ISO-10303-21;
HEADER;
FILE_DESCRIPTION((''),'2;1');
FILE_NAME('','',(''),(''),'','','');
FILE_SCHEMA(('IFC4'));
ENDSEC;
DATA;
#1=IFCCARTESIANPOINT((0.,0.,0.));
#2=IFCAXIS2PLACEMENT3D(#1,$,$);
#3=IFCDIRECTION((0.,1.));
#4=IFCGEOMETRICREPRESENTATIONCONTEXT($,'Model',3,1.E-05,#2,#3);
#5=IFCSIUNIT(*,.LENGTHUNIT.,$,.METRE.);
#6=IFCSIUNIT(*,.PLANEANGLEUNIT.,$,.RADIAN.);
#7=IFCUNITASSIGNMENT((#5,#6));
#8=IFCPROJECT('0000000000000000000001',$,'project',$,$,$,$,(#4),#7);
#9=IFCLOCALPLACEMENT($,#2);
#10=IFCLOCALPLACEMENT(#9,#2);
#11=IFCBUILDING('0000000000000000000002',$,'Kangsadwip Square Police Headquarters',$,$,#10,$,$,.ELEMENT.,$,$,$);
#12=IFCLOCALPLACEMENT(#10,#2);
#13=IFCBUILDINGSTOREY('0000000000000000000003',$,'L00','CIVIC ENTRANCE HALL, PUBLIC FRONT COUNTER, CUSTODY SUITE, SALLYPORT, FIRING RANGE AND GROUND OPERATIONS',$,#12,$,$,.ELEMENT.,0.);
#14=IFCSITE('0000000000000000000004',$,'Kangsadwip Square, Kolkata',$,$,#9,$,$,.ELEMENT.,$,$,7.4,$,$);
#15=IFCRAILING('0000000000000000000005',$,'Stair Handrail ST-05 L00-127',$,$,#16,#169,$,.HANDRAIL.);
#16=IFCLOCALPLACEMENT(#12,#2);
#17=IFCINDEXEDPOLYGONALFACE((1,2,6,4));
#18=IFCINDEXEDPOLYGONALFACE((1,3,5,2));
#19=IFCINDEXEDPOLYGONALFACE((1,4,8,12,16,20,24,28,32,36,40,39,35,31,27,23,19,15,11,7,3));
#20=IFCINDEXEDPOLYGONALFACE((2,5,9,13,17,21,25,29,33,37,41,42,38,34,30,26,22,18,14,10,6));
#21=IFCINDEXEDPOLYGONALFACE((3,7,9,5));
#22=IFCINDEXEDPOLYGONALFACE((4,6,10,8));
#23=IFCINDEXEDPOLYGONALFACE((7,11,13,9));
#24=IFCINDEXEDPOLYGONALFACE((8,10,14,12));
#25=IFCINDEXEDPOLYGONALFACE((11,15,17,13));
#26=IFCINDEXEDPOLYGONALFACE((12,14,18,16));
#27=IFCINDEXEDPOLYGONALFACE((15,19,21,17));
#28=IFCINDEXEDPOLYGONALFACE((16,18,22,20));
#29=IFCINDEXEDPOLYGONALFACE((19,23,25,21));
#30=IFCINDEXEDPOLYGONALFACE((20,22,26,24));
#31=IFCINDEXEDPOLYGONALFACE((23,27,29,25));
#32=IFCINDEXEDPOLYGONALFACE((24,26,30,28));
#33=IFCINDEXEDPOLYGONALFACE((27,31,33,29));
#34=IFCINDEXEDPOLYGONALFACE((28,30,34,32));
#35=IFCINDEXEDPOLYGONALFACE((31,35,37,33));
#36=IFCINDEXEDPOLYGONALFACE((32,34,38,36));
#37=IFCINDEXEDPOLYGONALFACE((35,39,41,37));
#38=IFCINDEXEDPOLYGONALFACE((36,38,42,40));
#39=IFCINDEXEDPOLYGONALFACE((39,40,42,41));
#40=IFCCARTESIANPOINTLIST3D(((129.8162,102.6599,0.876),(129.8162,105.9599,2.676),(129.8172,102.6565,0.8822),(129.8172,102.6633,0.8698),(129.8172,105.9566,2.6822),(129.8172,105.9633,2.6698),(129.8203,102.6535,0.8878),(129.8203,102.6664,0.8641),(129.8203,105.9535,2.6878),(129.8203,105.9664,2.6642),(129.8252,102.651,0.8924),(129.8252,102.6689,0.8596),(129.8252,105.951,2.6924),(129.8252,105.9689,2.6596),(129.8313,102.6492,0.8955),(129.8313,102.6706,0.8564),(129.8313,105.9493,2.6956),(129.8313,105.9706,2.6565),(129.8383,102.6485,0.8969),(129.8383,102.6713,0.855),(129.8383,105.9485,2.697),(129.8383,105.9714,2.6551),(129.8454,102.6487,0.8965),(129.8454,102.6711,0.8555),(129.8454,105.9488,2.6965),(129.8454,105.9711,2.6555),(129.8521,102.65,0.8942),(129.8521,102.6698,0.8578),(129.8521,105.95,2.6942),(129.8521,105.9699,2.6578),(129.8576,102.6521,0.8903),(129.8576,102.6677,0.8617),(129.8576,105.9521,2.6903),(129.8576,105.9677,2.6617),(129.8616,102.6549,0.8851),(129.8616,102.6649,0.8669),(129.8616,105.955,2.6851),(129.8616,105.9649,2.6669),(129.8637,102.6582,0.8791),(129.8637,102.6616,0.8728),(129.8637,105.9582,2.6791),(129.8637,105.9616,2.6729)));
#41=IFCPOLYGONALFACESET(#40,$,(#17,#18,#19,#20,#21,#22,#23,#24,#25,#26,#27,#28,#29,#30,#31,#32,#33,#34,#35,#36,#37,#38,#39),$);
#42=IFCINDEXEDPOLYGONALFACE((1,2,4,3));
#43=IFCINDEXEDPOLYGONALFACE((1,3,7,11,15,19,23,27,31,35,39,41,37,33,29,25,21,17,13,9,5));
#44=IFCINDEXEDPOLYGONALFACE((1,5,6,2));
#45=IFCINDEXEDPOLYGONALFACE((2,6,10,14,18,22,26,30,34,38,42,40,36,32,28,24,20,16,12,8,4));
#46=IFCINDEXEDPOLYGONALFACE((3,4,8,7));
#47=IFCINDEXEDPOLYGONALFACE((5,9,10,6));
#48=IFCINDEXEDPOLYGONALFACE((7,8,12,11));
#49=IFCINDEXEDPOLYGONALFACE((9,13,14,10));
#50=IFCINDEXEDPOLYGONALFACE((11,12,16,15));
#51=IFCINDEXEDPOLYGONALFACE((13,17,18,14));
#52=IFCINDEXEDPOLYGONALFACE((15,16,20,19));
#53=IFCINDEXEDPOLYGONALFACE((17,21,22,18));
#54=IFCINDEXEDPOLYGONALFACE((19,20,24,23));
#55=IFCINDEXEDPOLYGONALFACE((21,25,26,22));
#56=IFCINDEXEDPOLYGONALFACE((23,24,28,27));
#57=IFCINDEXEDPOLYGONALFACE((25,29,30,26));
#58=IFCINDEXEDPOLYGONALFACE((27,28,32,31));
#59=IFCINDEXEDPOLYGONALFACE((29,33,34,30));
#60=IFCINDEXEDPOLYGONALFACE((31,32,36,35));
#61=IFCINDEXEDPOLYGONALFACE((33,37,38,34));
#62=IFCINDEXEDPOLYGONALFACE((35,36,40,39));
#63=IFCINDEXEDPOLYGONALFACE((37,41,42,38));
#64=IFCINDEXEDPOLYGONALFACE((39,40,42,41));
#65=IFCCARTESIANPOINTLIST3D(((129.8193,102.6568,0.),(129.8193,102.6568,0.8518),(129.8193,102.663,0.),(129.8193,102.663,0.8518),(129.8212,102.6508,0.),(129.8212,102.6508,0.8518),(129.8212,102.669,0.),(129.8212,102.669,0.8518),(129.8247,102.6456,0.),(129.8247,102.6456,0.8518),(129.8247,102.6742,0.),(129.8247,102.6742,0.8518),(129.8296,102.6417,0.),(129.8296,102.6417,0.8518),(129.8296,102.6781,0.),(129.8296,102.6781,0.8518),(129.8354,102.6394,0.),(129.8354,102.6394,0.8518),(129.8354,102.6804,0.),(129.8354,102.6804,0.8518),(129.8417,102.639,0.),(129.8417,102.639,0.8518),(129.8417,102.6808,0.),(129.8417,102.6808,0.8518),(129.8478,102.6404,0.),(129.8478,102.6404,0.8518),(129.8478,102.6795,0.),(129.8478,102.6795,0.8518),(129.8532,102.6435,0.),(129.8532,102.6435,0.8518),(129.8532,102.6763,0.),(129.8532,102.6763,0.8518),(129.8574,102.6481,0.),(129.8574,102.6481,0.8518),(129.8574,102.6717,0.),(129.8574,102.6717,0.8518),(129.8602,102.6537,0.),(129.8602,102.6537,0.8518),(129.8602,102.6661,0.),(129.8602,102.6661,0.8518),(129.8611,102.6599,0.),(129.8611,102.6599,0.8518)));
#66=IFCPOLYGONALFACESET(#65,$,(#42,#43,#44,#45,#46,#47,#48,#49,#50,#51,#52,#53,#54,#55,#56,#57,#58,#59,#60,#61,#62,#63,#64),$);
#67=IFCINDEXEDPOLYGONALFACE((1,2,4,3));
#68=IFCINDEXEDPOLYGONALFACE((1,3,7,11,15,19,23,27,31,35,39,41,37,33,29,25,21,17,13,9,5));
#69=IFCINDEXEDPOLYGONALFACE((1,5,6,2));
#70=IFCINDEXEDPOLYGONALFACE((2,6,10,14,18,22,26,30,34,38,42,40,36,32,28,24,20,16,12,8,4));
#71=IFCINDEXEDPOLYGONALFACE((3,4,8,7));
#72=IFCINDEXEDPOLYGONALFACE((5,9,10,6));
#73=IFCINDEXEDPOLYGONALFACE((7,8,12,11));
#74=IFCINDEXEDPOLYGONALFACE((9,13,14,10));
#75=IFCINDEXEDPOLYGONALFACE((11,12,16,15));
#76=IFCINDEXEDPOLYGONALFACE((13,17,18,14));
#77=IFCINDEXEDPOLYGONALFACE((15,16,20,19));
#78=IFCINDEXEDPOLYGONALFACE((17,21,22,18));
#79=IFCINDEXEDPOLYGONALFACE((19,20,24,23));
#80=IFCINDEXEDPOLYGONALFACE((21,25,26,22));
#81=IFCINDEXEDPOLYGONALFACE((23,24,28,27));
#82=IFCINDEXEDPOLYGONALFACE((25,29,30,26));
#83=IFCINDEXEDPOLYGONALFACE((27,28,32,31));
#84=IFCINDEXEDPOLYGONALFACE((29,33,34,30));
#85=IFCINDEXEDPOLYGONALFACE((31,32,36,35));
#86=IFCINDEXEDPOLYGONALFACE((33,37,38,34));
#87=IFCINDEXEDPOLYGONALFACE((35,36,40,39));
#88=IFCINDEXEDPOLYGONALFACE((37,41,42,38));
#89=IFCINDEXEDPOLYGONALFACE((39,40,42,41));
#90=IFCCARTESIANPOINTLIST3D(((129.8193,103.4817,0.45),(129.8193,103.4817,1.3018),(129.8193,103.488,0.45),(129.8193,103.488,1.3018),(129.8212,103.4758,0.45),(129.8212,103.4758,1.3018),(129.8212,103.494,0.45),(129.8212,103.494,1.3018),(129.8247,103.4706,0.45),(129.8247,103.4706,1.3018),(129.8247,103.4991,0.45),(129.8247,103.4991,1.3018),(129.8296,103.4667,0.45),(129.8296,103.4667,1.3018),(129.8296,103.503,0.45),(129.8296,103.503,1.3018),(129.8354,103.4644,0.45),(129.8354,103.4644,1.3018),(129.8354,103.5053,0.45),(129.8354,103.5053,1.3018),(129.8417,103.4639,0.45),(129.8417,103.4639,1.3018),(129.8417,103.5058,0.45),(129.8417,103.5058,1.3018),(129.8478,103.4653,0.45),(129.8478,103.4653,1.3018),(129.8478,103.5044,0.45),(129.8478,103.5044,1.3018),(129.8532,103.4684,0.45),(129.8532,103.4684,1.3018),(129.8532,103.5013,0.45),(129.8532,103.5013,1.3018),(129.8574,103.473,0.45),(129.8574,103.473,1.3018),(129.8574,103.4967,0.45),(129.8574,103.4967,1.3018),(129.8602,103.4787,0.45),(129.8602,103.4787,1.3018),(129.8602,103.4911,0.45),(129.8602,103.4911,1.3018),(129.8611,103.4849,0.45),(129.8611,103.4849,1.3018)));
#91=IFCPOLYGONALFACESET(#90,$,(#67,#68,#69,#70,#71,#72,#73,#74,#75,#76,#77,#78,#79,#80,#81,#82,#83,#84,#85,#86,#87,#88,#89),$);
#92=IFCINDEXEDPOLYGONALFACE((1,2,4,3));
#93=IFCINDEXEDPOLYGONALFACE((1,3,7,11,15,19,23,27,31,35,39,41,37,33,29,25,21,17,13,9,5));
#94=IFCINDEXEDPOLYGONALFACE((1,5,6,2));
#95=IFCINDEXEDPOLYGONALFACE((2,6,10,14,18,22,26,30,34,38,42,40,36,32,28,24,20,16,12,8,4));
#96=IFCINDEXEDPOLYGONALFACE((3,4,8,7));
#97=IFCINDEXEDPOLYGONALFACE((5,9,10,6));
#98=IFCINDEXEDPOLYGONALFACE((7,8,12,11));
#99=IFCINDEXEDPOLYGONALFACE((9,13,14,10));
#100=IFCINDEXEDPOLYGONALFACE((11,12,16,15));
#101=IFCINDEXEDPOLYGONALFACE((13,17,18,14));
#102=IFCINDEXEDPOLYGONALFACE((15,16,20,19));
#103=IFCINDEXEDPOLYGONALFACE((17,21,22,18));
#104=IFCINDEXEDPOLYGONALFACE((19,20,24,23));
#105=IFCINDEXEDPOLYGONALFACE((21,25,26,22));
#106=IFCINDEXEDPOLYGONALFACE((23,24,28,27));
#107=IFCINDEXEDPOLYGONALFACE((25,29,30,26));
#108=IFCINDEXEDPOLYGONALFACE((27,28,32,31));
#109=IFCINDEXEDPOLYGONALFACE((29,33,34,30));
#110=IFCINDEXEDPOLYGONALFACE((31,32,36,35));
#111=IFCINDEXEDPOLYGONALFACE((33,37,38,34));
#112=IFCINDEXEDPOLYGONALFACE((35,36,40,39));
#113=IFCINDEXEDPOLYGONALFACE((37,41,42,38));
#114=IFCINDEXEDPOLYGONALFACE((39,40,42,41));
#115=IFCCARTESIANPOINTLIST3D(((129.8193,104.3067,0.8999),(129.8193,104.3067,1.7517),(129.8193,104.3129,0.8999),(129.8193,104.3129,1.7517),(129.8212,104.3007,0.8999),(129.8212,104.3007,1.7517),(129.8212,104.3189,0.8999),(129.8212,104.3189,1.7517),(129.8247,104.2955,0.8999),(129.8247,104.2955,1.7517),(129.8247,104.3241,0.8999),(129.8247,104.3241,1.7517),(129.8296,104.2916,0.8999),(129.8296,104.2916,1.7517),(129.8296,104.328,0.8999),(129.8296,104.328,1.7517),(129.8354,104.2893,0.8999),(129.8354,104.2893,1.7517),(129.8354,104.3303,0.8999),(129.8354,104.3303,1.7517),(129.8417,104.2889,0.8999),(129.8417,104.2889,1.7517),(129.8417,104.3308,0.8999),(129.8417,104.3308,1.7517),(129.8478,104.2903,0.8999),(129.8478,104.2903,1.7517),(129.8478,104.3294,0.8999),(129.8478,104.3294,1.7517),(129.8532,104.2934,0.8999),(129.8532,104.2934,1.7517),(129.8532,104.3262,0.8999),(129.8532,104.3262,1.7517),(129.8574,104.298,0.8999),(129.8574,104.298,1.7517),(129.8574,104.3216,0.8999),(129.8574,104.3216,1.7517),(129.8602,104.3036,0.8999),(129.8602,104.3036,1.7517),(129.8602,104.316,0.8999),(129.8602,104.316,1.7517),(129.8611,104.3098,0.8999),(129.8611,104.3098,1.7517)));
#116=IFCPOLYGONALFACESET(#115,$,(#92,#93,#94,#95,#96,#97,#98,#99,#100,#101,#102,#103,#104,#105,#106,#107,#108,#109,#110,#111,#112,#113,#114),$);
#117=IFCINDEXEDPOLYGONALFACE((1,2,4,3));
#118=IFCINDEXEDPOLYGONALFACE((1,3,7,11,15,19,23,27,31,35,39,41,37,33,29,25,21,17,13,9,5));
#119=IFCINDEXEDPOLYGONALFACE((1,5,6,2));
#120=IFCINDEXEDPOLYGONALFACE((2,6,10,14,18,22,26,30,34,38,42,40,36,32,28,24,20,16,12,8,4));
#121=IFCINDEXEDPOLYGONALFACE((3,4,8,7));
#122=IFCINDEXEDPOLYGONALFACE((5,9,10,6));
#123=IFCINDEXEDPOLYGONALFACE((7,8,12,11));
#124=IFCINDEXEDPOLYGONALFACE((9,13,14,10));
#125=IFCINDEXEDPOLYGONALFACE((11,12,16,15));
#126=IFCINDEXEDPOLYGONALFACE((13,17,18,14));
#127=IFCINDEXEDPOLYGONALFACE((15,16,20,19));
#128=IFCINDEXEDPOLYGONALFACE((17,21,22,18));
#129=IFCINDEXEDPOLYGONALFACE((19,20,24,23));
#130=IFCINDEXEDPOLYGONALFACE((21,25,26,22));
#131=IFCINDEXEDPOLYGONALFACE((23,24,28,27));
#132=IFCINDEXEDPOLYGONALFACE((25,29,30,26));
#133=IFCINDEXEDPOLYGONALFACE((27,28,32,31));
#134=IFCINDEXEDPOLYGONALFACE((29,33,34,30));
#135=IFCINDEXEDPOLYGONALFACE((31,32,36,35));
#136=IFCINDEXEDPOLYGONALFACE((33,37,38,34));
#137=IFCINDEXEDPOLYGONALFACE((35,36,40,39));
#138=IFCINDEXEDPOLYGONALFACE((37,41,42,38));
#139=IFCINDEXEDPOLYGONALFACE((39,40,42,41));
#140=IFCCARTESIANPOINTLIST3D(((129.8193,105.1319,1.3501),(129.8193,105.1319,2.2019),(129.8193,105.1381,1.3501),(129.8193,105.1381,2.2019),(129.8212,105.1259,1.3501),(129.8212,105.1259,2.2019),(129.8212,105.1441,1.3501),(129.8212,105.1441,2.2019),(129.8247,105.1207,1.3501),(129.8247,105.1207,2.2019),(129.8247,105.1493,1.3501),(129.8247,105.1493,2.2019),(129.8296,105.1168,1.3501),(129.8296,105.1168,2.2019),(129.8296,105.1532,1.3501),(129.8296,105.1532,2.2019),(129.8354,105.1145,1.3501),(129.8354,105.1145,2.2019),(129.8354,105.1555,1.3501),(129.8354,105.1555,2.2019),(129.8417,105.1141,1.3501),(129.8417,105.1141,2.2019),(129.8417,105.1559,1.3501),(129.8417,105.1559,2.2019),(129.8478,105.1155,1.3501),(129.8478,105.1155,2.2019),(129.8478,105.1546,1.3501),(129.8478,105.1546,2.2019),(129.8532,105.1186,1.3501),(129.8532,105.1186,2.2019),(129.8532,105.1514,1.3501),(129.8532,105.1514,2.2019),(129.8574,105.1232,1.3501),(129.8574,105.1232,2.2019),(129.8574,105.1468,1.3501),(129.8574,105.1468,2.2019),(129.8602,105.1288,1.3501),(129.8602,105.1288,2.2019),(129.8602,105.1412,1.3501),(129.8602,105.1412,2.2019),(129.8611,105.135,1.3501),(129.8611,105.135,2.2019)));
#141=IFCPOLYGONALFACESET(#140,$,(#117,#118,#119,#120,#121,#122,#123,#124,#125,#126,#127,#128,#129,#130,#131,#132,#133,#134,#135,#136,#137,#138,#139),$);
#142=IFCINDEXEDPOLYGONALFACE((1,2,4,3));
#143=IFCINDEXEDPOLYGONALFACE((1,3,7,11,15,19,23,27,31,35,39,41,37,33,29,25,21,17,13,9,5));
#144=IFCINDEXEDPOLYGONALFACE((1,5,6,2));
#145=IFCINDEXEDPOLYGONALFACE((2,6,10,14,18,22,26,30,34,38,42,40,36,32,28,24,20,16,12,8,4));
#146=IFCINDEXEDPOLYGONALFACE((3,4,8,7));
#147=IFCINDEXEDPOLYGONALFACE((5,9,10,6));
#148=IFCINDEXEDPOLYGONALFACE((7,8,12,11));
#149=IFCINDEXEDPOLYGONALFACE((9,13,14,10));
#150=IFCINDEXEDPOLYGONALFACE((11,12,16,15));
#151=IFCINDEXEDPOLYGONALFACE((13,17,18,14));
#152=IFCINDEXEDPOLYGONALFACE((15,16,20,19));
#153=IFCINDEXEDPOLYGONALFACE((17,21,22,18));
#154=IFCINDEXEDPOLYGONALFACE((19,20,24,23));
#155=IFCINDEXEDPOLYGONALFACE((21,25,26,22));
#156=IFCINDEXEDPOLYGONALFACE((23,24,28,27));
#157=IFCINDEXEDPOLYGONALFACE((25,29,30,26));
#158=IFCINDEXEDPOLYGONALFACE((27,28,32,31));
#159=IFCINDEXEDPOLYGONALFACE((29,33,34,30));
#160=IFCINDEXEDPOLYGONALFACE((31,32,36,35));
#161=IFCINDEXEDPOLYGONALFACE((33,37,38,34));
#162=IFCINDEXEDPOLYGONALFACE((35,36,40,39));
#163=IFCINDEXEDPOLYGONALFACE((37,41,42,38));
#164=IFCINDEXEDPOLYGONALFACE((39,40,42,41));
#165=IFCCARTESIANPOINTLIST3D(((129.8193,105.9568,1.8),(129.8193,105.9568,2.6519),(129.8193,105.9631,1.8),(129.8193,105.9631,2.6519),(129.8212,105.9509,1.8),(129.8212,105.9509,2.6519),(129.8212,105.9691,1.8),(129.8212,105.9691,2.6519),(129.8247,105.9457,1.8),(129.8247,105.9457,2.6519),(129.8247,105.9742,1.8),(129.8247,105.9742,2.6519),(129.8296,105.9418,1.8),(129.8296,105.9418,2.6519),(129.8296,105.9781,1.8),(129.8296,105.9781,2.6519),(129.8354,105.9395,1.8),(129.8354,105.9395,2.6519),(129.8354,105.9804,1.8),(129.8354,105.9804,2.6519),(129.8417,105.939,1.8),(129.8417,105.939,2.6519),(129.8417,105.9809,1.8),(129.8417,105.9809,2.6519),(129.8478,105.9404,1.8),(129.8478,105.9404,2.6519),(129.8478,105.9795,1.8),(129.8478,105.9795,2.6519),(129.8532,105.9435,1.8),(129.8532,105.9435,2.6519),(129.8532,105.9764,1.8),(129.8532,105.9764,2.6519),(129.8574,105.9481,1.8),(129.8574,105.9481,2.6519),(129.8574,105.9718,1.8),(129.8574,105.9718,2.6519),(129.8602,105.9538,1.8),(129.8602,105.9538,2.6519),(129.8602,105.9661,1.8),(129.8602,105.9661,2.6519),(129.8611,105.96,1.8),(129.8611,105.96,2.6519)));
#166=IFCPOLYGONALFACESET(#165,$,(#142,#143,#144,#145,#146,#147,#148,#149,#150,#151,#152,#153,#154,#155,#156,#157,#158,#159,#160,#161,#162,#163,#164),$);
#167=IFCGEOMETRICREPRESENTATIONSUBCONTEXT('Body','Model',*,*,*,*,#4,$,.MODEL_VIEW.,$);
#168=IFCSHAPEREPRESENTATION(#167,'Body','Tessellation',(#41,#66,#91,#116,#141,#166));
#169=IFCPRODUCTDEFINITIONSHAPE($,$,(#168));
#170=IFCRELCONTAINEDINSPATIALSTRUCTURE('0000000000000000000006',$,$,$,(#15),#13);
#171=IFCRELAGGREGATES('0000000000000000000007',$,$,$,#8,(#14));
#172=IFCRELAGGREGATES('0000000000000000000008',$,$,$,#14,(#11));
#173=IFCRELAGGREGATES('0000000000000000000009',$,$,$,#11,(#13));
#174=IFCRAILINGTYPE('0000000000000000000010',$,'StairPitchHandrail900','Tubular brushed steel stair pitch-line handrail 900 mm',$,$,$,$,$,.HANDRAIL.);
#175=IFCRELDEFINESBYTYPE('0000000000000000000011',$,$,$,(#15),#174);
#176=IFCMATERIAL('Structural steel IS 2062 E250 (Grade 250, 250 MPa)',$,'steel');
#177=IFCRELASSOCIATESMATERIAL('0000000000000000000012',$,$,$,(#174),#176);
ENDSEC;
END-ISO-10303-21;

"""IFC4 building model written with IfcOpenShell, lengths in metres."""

from ifc_helpers import new_model, si_unit, direction, frame, origin, origin_2d, place, context, subcontext, project, spatial, circle, extrude, material, type_object, element, save


model = new_model("IFC4")

# Units and contexts
model_context = context("Model", 3, precision=1e-05, world=origin(), true_north=direction((0.0, 1.0)))
body_context = subcontext(model_context, "Body", "Model", "MODEL_VIEW")
ifc_project = project(units=[si_unit("LENGTHUNIT", "METRE"), si_unit("PLANEANGLEUNIT", "RADIAN")], contexts=[model_context])

# Site, building, storey
site_placement = place(None, origin())
site = spatial("IfcSite", under=ifc_project, at=site_placement, Name="Kangsadwip Square, Kolkata", CompositionType="ELEMENT", RefElevation=7.4)
building_placement = place(site_placement, origin())
building = spatial("IfcBuilding", under=site, at=building_placement, Name="Kangsadwip Square Police Headquarters", CompositionType="ELEMENT")
storey_placement = place(building_placement, origin())
storey = spatial("IfcBuildingStorey", under=building, at=storey_placement, Name="L00", Description="CIVIC ENTRANCE HALL, PUBLIC FRONT COUNTER, CUSTODY SUITE, SALLYPORT, FIRING RANGE AND GROUND OPERATIONS", CompositionType="ELEMENT", Elevation=0.0)

# Railing
ifc_material_1 = material(Name="Structural steel IS 2062 E250 (Grade 250, 250 MPa)", Category="steel")
railing_type = type_object("IfcRailingType", Name="StairPitchHandrail900", Description="Tubular brushed steel stair pitch-line handrail 900 mm", PredefinedType="HANDRAIL", material=ifc_material_1)
railing_1_placement = place(storey_placement, frame((129.8401, 102.6599, 0.0)))
element("IfcRailing", 1, at=railing_1_placement, inside=storey, type_object=railing_type, Name="Stair Handrail ST-05 L00-127", PredefinedType="HANDRAIL", context=body_context, shape_type="SweptSolid", body=[
    extrude(circle(Radius=0.0239, at=origin_2d()), frame((0.0, 0.0, 0.876), z_axis=(0.0, 0.877893, 0.478857), x_axis=(-1.0, 0.0, 0.0)), (0.0, 0.0, 1.0), 3.759),
    extrude(circle(Radius=0.021, at=origin_2d()), origin(), (0.0, 0.0, 1.0), 0.8518),
    extrude(circle(Radius=0.021, at=origin_2d()), frame((0.0, 0.825, 0.45)), (0.0, 0.0, 1.0), 0.8518),
    extrude(circle(Radius=0.021, at=origin_2d()), frame((0.0, 1.6499, 0.8999)), (0.0, 0.0, 1.0), 0.8518),
    extrude(circle(Radius=0.021, at=origin_2d()), frame((0.0, 2.4751, 1.3501)), (0.0, 0.0, 1.0), 0.8518),
    extrude(circle(Radius=0.021, at=origin_2d()), frame((0.0, 3.3, 1.8)), (0.0, 0.0, 1.0), 0.8518),
])

save(model, "model.ifc")
